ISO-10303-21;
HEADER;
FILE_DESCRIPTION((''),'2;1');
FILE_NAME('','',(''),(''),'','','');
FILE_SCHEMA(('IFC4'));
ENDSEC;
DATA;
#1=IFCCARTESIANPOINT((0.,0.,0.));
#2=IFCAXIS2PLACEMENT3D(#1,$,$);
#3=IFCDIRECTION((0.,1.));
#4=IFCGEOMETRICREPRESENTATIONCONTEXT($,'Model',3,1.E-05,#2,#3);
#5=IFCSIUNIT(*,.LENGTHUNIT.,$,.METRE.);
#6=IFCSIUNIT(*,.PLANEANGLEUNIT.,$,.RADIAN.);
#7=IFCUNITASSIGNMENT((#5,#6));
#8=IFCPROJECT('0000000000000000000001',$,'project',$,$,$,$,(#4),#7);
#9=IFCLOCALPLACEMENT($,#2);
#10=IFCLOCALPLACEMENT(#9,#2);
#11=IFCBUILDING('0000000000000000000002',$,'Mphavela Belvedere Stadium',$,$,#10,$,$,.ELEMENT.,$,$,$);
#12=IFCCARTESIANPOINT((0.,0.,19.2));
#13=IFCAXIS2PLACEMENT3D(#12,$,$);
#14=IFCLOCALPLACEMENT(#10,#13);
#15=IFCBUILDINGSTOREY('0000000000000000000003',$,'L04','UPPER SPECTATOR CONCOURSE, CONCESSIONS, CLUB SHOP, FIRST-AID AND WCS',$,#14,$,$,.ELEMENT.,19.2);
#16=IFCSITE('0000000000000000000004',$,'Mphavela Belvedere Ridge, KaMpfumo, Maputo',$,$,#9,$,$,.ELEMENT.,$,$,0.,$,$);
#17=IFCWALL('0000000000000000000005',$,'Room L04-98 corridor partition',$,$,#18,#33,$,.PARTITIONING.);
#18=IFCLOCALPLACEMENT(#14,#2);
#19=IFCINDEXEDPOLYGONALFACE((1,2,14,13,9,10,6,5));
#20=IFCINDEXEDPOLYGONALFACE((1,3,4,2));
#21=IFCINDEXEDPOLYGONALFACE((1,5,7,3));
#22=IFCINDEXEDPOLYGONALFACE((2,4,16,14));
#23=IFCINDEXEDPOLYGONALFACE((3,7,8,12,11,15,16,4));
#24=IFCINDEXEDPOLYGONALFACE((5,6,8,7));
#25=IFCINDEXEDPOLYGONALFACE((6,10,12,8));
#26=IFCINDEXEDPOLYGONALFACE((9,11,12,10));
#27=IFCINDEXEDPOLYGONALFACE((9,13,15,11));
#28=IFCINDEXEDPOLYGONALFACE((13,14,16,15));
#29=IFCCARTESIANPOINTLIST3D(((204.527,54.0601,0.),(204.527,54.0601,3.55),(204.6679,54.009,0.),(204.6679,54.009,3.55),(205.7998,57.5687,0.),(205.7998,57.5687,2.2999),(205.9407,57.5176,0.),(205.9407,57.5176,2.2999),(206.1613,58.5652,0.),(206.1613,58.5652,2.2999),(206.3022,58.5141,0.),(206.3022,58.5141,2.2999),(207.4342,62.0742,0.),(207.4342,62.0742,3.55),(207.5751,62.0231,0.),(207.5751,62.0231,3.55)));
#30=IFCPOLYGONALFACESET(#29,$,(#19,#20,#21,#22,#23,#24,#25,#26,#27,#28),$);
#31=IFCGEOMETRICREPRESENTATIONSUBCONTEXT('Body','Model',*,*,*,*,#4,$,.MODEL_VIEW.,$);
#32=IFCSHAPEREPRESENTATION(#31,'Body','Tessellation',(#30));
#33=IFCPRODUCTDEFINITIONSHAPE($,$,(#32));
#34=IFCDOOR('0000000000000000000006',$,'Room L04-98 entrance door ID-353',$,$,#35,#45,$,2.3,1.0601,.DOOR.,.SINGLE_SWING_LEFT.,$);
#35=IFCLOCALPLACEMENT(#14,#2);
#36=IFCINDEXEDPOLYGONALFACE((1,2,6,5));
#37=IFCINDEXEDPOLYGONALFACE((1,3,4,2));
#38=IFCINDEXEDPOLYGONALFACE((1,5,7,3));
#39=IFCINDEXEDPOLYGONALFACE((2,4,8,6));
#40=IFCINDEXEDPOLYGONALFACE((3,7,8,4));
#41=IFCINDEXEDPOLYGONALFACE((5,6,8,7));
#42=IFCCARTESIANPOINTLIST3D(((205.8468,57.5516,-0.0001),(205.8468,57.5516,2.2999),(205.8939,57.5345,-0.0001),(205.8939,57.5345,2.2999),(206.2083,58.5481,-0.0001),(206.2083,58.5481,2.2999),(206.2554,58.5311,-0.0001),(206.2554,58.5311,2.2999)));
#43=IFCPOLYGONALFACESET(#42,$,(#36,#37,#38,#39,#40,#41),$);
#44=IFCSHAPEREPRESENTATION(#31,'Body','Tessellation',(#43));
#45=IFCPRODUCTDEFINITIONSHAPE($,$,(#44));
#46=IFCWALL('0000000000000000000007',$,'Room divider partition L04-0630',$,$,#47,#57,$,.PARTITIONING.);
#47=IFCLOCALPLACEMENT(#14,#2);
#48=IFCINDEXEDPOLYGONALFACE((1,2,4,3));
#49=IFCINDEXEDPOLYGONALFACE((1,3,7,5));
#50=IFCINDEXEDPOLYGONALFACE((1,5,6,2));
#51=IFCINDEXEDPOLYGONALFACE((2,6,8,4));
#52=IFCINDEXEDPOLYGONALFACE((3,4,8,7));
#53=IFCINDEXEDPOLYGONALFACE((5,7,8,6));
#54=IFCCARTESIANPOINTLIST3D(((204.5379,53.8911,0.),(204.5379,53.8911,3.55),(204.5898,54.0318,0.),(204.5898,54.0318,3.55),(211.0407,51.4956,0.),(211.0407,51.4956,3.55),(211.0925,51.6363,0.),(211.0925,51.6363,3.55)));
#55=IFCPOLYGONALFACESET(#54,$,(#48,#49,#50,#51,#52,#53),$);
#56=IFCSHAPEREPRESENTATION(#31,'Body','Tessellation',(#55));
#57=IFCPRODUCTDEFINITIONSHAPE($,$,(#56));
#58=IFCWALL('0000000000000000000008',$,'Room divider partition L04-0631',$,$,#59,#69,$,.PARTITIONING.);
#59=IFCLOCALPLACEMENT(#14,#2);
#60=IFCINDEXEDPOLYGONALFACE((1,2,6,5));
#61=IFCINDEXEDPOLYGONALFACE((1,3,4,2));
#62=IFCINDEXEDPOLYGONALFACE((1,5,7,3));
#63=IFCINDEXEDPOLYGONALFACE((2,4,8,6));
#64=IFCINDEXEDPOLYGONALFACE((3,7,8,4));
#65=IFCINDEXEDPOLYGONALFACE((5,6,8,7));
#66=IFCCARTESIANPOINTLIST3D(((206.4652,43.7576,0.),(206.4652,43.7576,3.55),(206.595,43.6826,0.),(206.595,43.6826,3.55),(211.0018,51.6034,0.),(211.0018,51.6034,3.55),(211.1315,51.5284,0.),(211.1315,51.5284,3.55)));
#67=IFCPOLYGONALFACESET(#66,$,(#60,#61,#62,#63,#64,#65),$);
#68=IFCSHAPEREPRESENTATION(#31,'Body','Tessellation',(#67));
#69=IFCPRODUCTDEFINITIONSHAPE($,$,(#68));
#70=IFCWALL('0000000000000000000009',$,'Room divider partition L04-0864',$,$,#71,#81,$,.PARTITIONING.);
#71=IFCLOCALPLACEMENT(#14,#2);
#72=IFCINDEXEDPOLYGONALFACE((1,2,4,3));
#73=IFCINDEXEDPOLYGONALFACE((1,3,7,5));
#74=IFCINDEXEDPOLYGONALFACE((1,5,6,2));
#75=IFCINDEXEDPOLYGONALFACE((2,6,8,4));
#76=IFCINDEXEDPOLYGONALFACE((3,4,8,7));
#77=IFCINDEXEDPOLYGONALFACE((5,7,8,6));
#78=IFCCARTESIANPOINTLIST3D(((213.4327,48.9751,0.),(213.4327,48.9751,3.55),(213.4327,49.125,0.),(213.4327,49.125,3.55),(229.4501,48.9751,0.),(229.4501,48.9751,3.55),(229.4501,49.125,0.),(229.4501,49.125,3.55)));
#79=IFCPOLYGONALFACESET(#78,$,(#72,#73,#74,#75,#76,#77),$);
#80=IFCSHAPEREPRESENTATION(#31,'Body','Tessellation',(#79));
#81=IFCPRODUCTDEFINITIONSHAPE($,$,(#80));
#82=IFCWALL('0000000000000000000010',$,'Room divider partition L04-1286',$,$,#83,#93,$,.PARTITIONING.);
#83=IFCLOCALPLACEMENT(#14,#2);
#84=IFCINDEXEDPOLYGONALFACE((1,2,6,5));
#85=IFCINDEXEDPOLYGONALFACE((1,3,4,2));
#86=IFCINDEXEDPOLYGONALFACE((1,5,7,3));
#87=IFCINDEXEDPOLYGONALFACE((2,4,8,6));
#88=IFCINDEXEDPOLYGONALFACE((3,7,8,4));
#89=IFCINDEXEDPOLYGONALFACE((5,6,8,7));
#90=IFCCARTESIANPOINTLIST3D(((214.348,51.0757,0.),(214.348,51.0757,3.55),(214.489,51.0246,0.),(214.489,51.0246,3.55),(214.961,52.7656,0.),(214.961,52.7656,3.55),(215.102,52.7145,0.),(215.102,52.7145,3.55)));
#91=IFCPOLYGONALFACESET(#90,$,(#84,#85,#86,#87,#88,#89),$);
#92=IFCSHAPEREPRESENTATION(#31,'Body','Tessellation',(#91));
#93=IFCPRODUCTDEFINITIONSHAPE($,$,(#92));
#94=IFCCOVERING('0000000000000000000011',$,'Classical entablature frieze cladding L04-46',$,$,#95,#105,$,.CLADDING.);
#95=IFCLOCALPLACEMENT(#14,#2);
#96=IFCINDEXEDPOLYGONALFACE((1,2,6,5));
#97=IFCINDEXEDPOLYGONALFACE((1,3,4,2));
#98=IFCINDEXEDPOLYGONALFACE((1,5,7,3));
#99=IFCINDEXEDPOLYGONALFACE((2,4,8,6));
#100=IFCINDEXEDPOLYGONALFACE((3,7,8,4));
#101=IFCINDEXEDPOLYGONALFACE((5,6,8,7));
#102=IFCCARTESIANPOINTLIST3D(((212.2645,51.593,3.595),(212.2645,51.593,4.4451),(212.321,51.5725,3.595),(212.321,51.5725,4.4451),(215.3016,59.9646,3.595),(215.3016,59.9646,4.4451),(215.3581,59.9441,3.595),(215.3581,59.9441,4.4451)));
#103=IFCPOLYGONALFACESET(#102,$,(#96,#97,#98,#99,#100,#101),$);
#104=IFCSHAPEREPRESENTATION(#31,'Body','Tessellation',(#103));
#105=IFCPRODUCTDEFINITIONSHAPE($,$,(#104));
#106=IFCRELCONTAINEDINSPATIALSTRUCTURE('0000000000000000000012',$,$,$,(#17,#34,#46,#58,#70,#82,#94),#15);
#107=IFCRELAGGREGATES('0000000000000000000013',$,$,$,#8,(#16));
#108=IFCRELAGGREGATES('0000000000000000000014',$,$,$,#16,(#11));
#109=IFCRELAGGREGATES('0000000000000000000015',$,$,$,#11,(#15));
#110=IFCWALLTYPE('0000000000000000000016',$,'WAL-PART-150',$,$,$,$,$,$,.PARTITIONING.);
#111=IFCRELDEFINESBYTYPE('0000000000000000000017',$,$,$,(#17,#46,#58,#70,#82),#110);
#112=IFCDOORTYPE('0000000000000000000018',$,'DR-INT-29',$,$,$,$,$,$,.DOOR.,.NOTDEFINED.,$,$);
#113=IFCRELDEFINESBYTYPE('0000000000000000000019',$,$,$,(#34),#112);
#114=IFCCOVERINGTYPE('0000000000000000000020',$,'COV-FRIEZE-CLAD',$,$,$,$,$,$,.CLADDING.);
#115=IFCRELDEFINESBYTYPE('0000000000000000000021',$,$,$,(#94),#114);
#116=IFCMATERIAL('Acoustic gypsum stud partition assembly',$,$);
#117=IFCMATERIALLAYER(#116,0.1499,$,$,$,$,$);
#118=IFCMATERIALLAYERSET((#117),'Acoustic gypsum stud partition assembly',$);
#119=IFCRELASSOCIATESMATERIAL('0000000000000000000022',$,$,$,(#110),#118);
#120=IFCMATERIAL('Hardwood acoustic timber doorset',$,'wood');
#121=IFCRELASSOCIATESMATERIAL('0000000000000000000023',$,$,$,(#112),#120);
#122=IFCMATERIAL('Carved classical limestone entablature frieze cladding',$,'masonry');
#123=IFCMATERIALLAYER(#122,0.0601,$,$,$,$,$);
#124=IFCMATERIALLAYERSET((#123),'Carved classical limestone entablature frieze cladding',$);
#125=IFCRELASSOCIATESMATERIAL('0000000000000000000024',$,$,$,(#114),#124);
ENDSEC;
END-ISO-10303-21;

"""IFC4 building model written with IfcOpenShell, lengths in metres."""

from ifc_helpers import new_model, si_unit, direction, frame, frame_2d, origin, origin_2d, place, context, subcontext, project, spatial, rectangle, extrude, material, layer, layer_set, type_object, element, fill, save


model = new_model("IFC4")

# Units and contexts
model_context = context("Model", 3, precision=1e-05, world=origin(), true_north=direction((0.0, 1.0)))
body_context = subcontext(model_context, "Body", "Model", "MODEL_VIEW")
ifc_project = project(units=[si_unit("LENGTHUNIT", "METRE"), si_unit("PLANEANGLEUNIT", "RADIAN")], contexts=[model_context])

# Site, building, storey
site_placement = place(None, origin())
site = spatial("IfcSite", under=ifc_project, at=site_placement, Name="Mphavela Belvedere Ridge, KaMpfumo, Maputo", CompositionType="ELEMENT", RefElevation=0.0)
building_placement = place(site_placement, origin())
building = spatial("IfcBuilding", under=site, at=building_placement, Name="Mphavela Belvedere Stadium", CompositionType="ELEMENT")
storey_placement = place(building_placement, frame((0.0, 0.0, 19.2)))
storey = spatial("IfcBuildingStorey", under=building, at=storey_placement, Name="L04", Description="UPPER SPECTATOR CONCOURSE, CONCESSIONS, CLUB SHOP, FIRST-AID AND WCS", CompositionType="ELEMENT", Elevation=19.2)

# Wall, opening, door
ifc_material_1 = material(Name="Acoustic gypsum stud partition assembly")
ifc_layer_1 = layer(ifc_material_1, 0.1499)
ifc_layer_set_1 = layer_set([ifc_layer_1], Name="Acoustic gypsum stud partition assembly")
wall_type_1 = type_object("IfcWallType", Name="WAL-PART-150", PredefinedType="PARTITIONING", material=ifc_layer_set_1)
wall_1_placement = place(storey_placement, frame((204.5974, 54.0344, 0.0), z_axis=(0.0, 0.0, 1.0), x_axis=(0.341016, 0.940057, 0.0)))
wall_1 = element("IfcWall", 1, at=wall_1_placement, inside=storey, type_object=wall_type_1, Name="Room L04-98 corridor partition", PredefinedType="PARTITIONING", context=body_context, shape_type="SweptSolid", body=[
    extrude(rectangle(XDim=8.5251, YDim=0.1499, at=frame_2d((4.2627, 0.0))), origin(), (0.0, 0.0, 1.0), 3.55),
])
opening_1_placement = place(wall_1_placement, frame((3.7324, 0.0, 0.0)))
opening_1 = element("IfcOpeningElement", 2, at=opening_1_placement, cuts=wall_1, PredefinedType="OPENING", context=body_context, shape_type="SweptSolid", body=[
    extrude(rectangle(XDim=1.0601, YDim=2.3, at=frame_2d((0.53, 1.1499))), frame((0.0, 0.085, 0.0), z_axis=(0.0, -1.0, 0.0), x_axis=(1.0, 0.0, 0.0)), (0.0, 0.0, 1.0), 0.1699),
])
ifc_material_2 = material(Name="Hardwood acoustic timber doorset", Category="wood")
door_type_1 = type_object("IfcDoorType", Name="DR-INT-29", OperationType="NOTDEFINED", PredefinedType="DOOR", material=ifc_material_2)
door_1_placement = place(opening_1_placement, origin())
door_1 = element("IfcDoor", 3, at=door_1_placement, inside=storey, type_object=door_type_1, Name="Room L04-98 entrance door ID-353", OperationType="SINGLE_SWING_LEFT", OverallHeight=2.3, OverallWidth=1.0601, PredefinedType="DOOR", context=body_context, shape_type="SweptSolid", body=[
    extrude(rectangle(XDim=1.0601, YDim=2.3, at=frame_2d((0.53, 1.1499))), frame((0.0, 0.0249, 0.0), z_axis=(0.0, -1.0, 0.0), x_axis=(1.0, 0.0, 0.0)), (0.0, 0.0, 1.0), 0.05),
])
fill(opening_1, door_1)

# Walls
wall_2_placement = place(storey_placement, frame((204.564, 53.9614, 0.0), z_axis=(0.0, 0.0, 1.0), x_axis=(0.938353, -0.345678, 0.0)))
element("IfcWall", 4, at=wall_2_placement, inside=storey, type_object=wall_type_1, Name="Room divider partition L04-0630", PredefinedType="PARTITIONING", context=body_context, shape_type="SweptSolid", body=[
    extrude(rectangle(XDim=6.9299, YDim=0.1499, at=frame_2d((3.4648, 0.0))), origin(), (0.0, 0.0, 1.0), 3.55),
])
wall_3_placement = place(storey_placement, frame((211.0667, 51.5659, 0.0), z_axis=(0.0, 0.0, 1.0), x_axis=(-0.500559, -0.865702, 0.0)))
element("IfcWall", 5, at=wall_3_placement, inside=storey, type_object=wall_type_1, Name="Room divider partition L04-0631", PredefinedType="PARTITIONING", context=body_context, shape_type="SweptSolid", body=[
    extrude(rectangle(XDim=9.063, YDim=0.1499, at=frame_2d((4.5315, 0.0))), origin(), (0.0, 0.0, 1.0), 3.55),
])
wall_4_placement = place(storey_placement, frame((213.4326, 49.05, 0.0), z_axis=(0.0, 0.0, 1.0), x_axis=(1.0, 0.0, 0.0)))
element("IfcWall", 6, at=wall_4_placement, inside=storey, type_object=wall_type_1, Name="Room divider partition L04-0864", PredefinedType="PARTITIONING", context=body_context, shape_type="SweptSolid", body=[
    extrude(rectangle(XDim=16.0173, YDim=0.1499, at=frame_2d((8.0088, 0.0))), origin(), (0.0, 0.0, 1.0), 3.55),
])
wall_5_placement = place(storey_placement, frame((214.4185, 51.05, 0.0), z_axis=(0.0, 0.0, 1.0), x_axis=(0.341012, 0.940059, 0.0)))
element("IfcWall", 7, at=wall_5_placement, inside=storey, type_object=wall_type_1, Name="Room divider partition L04-1286", PredefinedType="PARTITIONING", context=body_context, shape_type="SweptSolid", body=[
    extrude(rectangle(XDim=1.7976, YDim=0.1499, at=frame_2d((0.8989, 0.0))), origin(), (0.0, 0.0, 1.0), 3.55),
])

# Covering
ifc_material_3 = material(Name="Carved classical limestone entablature frieze cladding", Category="masonry")
ifc_layer_2 = layer(ifc_material_3, 0.0601)
ifc_layer_set_2 = layer_set([ifc_layer_2], Name="Carved classical limestone entablature frieze cladding")
covering_type = type_object("IfcCoveringType", Name="COV-FRIEZE-CLAD", PredefinedType="CLADDING", material=ifc_layer_set_2)
covering_placement = place(storey_placement, frame((213.8113, 55.7686, 3.595), z_axis=(0.0, 0.0, 1.0), x_axis=(0.341036, 0.94005, 0.0)))
element("IfcCovering", 8, at=covering_placement, inside=storey, type_object=covering_type, Name="Classical entablature frieze cladding L04-46", PredefinedType="CLADDING", context=body_context, shape_type="SweptSolid", body=[
    extrude(rectangle(XDim=8.9055, YDim=0.0601, at=origin_2d()), origin(), (0.0, 0.0, 1.0), 0.8501),
])

save(model, "model.ifc")
